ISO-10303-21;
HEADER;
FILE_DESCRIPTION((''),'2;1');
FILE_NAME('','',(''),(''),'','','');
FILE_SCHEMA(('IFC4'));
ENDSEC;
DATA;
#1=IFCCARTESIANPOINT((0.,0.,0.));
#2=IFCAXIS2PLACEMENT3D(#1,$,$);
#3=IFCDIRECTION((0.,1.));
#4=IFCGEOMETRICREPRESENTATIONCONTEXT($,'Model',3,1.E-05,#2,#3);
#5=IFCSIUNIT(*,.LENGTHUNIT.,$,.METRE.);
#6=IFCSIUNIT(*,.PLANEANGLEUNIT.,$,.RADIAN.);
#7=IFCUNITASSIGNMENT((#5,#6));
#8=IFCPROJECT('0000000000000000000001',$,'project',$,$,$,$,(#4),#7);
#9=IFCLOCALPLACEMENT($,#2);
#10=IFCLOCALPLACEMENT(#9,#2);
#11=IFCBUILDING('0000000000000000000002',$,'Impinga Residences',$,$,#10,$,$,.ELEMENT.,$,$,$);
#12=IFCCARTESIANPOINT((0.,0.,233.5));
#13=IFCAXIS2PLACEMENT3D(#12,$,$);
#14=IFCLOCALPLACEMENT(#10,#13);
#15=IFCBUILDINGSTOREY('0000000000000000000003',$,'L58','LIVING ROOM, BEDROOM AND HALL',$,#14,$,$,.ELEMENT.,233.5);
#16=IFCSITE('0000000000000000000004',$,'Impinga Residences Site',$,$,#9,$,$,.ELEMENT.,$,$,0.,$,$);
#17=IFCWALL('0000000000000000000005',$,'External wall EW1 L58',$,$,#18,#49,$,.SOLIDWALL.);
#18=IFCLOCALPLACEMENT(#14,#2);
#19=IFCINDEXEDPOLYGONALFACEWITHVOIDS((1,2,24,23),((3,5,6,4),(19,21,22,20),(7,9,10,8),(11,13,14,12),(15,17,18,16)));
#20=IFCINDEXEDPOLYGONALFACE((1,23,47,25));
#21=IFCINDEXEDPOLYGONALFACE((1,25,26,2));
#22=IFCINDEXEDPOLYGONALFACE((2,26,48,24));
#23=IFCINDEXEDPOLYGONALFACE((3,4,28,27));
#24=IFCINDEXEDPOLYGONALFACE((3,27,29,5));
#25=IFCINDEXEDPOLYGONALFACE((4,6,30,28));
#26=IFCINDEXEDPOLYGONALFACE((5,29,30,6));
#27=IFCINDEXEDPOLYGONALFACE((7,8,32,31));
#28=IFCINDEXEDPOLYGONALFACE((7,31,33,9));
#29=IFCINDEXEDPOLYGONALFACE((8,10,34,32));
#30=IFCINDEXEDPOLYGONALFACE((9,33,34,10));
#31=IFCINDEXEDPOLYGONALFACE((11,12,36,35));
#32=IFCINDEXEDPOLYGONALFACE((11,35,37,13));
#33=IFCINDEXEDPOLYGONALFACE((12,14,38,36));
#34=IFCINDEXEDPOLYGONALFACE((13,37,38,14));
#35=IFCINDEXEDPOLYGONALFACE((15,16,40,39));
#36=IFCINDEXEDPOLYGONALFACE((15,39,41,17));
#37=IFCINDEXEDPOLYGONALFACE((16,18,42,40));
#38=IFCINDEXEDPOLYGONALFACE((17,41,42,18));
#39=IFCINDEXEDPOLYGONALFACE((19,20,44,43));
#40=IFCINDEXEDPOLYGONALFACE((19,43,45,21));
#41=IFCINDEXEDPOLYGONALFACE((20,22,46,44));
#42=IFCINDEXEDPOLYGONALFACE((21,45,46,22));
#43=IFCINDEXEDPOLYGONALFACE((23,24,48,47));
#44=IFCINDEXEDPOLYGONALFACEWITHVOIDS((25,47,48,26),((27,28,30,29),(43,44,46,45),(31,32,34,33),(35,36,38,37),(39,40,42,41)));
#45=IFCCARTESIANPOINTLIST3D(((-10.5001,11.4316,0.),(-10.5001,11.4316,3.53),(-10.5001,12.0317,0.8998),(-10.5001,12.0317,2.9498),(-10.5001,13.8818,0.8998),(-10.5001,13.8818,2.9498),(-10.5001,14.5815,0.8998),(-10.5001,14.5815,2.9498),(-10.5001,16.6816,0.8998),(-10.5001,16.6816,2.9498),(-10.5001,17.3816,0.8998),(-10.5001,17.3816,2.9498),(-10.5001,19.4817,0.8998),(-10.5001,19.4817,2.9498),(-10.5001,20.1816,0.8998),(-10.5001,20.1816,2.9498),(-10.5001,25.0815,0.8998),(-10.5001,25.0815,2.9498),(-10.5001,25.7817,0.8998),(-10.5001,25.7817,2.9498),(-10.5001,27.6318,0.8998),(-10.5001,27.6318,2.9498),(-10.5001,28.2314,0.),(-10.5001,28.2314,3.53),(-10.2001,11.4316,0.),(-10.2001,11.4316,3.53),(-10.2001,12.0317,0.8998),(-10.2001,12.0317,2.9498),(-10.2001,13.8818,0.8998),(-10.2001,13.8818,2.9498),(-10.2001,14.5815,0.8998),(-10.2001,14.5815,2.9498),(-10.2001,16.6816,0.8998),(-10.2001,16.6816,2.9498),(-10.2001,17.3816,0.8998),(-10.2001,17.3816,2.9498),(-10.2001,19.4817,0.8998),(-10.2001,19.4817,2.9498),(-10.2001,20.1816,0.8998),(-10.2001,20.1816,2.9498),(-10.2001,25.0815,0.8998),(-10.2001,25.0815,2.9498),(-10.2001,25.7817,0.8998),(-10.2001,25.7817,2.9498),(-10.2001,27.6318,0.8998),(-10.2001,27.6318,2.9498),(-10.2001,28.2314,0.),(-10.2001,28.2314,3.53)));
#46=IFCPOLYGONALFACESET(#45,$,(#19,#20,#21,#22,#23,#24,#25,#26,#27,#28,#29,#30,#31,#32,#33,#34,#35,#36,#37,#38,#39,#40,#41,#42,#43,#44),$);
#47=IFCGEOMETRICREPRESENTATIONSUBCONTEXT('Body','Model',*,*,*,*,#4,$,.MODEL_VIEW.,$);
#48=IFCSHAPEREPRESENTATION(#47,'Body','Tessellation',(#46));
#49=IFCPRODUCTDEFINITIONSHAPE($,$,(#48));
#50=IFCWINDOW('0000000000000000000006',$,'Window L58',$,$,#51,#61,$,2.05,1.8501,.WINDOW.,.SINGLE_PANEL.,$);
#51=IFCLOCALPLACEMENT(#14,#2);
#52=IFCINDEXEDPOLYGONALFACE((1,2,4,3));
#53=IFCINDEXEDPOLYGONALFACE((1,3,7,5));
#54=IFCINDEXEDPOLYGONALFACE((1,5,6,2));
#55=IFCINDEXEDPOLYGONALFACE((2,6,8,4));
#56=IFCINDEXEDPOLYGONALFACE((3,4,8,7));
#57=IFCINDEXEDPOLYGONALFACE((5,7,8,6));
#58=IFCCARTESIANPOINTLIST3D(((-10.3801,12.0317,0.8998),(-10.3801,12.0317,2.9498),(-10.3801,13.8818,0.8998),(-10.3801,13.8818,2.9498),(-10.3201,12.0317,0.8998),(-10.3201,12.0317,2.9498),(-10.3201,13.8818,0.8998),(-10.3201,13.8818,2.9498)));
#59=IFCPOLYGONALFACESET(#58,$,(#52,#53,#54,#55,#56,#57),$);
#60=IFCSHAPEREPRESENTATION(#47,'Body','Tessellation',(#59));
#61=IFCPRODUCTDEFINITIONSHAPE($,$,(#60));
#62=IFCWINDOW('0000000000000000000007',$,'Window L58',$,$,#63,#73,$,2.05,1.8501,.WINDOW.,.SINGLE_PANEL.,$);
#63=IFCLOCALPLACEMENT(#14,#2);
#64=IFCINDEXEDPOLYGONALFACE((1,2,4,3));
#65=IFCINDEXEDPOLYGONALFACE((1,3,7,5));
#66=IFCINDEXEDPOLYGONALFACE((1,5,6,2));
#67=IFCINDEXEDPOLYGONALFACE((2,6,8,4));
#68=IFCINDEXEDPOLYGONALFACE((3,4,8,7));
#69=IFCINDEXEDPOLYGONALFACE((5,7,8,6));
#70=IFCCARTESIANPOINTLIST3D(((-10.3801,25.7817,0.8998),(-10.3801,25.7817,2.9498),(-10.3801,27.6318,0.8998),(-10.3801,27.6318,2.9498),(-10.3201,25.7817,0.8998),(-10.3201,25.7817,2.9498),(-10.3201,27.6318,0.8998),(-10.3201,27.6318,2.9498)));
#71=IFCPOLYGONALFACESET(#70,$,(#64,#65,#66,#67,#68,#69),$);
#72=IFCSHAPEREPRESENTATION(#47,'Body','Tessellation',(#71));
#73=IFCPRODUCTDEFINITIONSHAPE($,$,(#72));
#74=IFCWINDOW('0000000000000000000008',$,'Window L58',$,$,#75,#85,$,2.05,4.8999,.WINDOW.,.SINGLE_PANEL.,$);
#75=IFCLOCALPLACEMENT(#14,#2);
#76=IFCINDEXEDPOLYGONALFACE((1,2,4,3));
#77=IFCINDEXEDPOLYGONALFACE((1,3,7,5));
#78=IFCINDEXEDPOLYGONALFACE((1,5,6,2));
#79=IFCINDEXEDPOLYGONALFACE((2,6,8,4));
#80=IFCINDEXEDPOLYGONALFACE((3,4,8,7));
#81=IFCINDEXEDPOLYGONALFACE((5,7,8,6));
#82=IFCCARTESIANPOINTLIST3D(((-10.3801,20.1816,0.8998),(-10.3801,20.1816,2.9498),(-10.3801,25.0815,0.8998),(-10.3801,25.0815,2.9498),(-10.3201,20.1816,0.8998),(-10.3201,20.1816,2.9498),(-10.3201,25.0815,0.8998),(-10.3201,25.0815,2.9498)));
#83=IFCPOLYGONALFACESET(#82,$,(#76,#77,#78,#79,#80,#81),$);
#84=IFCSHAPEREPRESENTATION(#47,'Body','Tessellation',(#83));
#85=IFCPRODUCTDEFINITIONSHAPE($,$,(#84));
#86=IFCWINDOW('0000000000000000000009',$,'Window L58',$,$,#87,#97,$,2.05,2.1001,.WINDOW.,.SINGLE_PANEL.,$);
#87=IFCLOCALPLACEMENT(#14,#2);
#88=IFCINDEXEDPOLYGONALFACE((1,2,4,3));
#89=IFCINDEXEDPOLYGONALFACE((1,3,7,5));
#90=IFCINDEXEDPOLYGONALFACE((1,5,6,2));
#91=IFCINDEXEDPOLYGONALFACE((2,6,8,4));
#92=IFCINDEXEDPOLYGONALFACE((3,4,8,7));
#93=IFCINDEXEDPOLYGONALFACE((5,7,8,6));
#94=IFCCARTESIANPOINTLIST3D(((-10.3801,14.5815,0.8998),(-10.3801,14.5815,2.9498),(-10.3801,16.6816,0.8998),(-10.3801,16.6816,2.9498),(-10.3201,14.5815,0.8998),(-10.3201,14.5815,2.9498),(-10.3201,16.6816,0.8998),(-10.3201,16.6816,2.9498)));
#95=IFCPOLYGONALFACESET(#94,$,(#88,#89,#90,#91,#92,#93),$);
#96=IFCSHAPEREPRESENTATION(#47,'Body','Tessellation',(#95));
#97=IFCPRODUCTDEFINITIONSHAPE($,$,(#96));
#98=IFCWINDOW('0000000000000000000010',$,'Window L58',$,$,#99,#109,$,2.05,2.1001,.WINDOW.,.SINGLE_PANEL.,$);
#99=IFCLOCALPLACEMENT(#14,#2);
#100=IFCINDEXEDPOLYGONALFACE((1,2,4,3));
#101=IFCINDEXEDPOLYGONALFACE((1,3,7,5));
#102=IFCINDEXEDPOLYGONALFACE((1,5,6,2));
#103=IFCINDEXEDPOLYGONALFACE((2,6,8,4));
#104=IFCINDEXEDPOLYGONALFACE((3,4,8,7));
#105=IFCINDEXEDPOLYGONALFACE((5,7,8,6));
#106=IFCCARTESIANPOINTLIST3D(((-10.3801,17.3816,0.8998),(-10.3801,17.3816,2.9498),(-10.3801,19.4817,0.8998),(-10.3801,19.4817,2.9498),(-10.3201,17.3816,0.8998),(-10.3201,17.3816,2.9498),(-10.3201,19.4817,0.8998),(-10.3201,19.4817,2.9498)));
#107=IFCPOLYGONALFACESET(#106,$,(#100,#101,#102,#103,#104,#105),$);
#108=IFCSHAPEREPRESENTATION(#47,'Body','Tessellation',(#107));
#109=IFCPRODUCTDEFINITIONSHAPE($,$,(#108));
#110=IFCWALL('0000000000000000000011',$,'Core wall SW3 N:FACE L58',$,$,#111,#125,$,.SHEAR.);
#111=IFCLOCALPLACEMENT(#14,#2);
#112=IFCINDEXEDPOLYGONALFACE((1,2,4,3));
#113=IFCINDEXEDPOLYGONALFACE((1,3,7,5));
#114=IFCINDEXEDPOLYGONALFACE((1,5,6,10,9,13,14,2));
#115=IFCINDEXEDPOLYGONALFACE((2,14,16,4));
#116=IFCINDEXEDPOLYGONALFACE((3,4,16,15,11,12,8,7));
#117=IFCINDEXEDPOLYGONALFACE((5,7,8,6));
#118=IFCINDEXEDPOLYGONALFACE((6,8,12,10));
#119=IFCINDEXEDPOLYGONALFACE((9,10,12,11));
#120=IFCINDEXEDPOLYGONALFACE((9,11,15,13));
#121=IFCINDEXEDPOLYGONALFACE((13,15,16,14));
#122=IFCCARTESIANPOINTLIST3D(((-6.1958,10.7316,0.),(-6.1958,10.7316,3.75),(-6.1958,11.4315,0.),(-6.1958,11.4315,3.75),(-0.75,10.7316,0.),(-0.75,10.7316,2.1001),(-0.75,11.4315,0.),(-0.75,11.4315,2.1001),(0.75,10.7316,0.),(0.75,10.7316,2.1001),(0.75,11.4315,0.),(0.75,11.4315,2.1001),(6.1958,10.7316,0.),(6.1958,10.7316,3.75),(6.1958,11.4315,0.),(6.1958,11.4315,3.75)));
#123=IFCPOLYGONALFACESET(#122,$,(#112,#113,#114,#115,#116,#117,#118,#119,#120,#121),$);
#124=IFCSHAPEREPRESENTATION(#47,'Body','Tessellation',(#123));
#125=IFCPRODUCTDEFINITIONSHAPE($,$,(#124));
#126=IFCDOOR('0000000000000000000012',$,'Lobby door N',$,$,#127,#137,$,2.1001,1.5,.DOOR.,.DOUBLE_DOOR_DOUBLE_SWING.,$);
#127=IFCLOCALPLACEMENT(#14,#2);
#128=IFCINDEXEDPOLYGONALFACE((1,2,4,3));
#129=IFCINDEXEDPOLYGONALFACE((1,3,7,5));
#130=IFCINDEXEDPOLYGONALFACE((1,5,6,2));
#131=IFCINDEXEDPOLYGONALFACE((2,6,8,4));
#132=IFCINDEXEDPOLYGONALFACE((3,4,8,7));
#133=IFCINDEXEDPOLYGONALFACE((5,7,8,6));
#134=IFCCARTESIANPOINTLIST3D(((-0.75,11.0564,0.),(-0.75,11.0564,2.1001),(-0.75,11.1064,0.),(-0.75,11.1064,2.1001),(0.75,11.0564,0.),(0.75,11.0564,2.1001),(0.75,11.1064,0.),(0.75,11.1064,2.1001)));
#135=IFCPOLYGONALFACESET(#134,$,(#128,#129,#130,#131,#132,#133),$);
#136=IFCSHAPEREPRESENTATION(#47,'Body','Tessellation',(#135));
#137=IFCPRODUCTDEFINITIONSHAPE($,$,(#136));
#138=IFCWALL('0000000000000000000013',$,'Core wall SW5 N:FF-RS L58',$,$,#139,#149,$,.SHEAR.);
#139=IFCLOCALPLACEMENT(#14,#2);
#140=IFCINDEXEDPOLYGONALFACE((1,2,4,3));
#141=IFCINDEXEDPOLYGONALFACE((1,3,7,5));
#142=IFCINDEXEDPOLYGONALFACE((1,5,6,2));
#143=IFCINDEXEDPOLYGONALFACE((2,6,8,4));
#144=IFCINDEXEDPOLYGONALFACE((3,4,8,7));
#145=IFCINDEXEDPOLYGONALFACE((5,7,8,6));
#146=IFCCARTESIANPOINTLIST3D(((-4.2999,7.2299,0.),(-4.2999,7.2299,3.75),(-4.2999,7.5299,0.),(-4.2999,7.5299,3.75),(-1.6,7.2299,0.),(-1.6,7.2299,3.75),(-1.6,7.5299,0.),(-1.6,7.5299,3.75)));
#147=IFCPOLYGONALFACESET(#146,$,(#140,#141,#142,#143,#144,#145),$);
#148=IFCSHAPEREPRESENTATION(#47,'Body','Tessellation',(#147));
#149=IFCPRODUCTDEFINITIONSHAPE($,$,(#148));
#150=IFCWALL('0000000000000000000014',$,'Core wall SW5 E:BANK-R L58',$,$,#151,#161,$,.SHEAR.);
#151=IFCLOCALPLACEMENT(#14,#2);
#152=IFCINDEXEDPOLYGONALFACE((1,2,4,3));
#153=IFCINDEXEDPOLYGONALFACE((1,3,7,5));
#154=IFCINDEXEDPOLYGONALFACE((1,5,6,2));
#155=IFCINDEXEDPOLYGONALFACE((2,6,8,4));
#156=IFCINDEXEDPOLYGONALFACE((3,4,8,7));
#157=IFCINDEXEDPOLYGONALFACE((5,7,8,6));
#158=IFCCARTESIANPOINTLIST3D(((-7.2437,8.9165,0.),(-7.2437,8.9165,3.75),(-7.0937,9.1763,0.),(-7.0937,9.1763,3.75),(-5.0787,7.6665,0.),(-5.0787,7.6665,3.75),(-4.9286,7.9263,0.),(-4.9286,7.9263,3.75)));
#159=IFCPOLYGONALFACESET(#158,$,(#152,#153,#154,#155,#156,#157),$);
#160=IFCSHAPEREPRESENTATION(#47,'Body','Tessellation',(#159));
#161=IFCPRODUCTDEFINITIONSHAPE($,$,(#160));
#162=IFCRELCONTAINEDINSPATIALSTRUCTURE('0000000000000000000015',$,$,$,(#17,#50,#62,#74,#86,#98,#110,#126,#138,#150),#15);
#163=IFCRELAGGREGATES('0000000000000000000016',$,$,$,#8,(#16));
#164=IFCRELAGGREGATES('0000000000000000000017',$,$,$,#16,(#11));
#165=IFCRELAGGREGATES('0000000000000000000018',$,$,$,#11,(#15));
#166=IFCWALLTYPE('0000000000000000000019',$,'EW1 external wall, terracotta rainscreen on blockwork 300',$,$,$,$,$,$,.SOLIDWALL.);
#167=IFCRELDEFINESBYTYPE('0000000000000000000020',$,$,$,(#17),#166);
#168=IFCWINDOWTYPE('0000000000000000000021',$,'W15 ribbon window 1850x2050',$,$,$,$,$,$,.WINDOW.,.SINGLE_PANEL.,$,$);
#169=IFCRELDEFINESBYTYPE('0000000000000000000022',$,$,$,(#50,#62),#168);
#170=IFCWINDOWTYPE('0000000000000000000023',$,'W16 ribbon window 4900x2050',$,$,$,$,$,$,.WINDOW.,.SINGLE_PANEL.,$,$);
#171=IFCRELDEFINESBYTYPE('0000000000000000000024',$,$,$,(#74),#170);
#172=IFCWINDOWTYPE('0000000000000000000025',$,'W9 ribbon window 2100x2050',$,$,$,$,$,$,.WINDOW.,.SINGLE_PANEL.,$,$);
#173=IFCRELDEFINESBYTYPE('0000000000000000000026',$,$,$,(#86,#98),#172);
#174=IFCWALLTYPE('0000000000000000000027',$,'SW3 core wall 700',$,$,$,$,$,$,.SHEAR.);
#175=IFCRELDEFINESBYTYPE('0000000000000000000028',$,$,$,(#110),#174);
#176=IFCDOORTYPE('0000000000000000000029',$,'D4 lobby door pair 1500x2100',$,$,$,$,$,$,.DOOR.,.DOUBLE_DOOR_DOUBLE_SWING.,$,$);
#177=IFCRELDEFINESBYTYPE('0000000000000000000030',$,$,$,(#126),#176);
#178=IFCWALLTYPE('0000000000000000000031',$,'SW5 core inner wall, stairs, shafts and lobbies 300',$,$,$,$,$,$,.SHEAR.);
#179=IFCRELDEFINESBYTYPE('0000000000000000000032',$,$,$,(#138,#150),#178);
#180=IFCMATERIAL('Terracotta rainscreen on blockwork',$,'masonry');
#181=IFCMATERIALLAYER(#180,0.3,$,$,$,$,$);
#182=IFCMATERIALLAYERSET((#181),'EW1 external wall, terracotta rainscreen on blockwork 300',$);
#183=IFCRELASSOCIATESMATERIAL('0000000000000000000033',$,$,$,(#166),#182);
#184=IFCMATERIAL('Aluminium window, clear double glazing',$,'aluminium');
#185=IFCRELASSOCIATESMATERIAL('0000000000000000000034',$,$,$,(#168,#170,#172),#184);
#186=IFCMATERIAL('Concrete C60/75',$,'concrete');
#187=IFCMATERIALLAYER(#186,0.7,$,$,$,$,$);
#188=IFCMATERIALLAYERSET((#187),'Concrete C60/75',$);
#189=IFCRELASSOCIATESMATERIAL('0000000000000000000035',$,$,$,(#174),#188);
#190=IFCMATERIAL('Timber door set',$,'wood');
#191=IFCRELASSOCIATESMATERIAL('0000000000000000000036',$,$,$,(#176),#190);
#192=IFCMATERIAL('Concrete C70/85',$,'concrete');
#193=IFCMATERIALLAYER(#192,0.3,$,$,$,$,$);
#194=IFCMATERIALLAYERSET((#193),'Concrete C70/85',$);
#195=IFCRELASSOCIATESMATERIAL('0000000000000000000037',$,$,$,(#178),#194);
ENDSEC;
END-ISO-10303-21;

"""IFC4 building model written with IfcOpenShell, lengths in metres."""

from ifc_helpers import new_model, si_unit, direction, frame, frame_2d, origin, place, context, subcontext, project, spatial, rectangle, extrude, material, layer, layer_set, type_object, element, fill, save


model = new_model("IFC4")

# Units and contexts
model_context = context("Model", 3, precision=1e-05, world=origin(), true_north=direction((0.0, 1.0)))
body_context = subcontext(model_context, "Body", "Model", "MODEL_VIEW")
ifc_project = project(units=[si_unit("LENGTHUNIT", "METRE"), si_unit("PLANEANGLEUNIT", "RADIAN")], contexts=[model_context])

# Site, building, storey
site_placement = place(None, origin())
site = spatial("IfcSite", under=ifc_project, at=site_placement, Name="Impinga Residences Site", CompositionType="ELEMENT", RefElevation=0.0)
building_placement = place(site_placement, origin())
building = spatial("IfcBuilding", under=site, at=building_placement, Name="Impinga Residences", CompositionType="ELEMENT")
storey_placement = place(building_placement, frame((0.0, 0.0, 233.5)))
storey = spatial("IfcBuildingStorey", under=building, at=storey_placement, Name="L58", Description="LIVING ROOM, BEDROOM AND HALL", CompositionType="ELEMENT", Elevation=233.5)

# Shared definitions
ifc_material_1 = material(Name="Concrete C60/75", Category="concrete")

# Shared definitions
ifc_material_2 = material(Name="Timber door set", Category="wood")

# Wall, openings, windows
ifc_material_3 = material(Name="Terracotta rainscreen on blockwork", Category="masonry")
ifc_layer_1 = layer(ifc_material_3, 0.3)
ifc_layer_set_1 = layer_set([ifc_layer_1], Name="EW1 external wall, terracotta rainscreen on blockwork 300")
wall_type_1 = type_object("IfcWallType", Name="EW1 external wall, terracotta rainscreen on blockwork 300", PredefinedType="SOLIDWALL", material=ifc_layer_set_1)
wall_1_placement = place(storey_placement, frame((-10.3501, 11.4316, 0.0), z_axis=(0.0, 0.0, 1.0), x_axis=(0.0, 1.0, 0.0)))
wall_1 = element("IfcWall", 1, at=wall_1_placement, inside=storey, type_object=wall_type_1, Name="External wall EW1 L58", PredefinedType="SOLIDWALL", context=body_context, shape_type="SweptSolid", body=[
    extrude(rectangle(XDim=16.7998, YDim=0.3, at=frame_2d((8.3999, 0.0))), origin(), (0.0, 0.0, 1.0), 3.53),
])
opening_1_placement = place(wall_1_placement, frame((0.6001, 0.0, 0.8999)))
opening_1 = element("IfcOpeningElement", 2, at=opening_1_placement, cuts=wall_1, PredefinedType="OPENING", context=body_context, shape_type="SweptSolid", body=[
    extrude(rectangle(XDim=1.8501, YDim=2.05, at=frame_2d((0.925, 1.0249))), frame((0.0, 0.1599, 0.0), z_axis=(0.0, -1.0, 0.0), x_axis=(1.0, 0.0, 0.0)), (0.0, 0.0, 1.0), 0.3201),
])
opening_2_placement = place(wall_1_placement, frame((3.1499, 0.0, 0.8999)))
opening_2 = element("IfcOpeningElement", 3, at=opening_2_placement, cuts=wall_1, PredefinedType="OPENING", context=body_context, shape_type="SweptSolid", body=[
    extrude(rectangle(XDim=2.1001, YDim=2.05, at=frame_2d((1.05, 1.0249))), frame((0.0, 0.1599, 0.0), z_axis=(0.0, -1.0, 0.0), x_axis=(1.0, 0.0, 0.0)), (0.0, 0.0, 1.0), 0.3201),
])
opening_3_placement = place(wall_1_placement, frame((5.95, 0.0, 0.8999)))
opening_3 = element("IfcOpeningElement", 4, at=opening_3_placement, cuts=wall_1, PredefinedType="OPENING", context=body_context, shape_type="SweptSolid", body=[
    extrude(rectangle(XDim=2.1001, YDim=2.05, at=frame_2d((1.05, 1.0249))), frame((0.0, 0.1599, 0.0), z_axis=(0.0, -1.0, 0.0), x_axis=(1.0, 0.0, 0.0)), (0.0, 0.0, 1.0), 0.3201),
])
opening_4_placement = place(wall_1_placement, frame((8.75, 0.0, 0.8999)))
opening_4 = element("IfcOpeningElement", 5, at=opening_4_placement, cuts=wall_1, PredefinedType="OPENING", context=body_context, shape_type="SweptSolid", body=[
    extrude(rectangle(XDim=4.8999, YDim=2.05, at=frame_2d((2.45, 1.0249))), frame((0.0, 0.1599, 0.0), z_axis=(0.0, -1.0, 0.0), x_axis=(1.0, 0.0, 0.0)), (0.0, 0.0, 1.0), 0.3201),
])
opening_5_placement = place(wall_1_placement, frame((14.3501, 0.0, 0.8999)))
opening_5 = element("IfcOpeningElement", 6, at=opening_5_placement, cuts=wall_1, PredefinedType="OPENING", context=body_context, shape_type="SweptSolid", body=[
    extrude(rectangle(XDim=1.8501, YDim=2.05, at=frame_2d((0.925, 1.0249))), frame((0.0, 0.1599, 0.0), z_axis=(0.0, -1.0, 0.0), x_axis=(1.0, 0.0, 0.0)), (0.0, 0.0, 1.0), 0.3201),
])
ifc_material_4 = material(Name="Aluminium window, clear double glazing", Category="aluminium")
window_type_1 = type_object("IfcWindowType", Name="W15 ribbon window 1850x2050", PartitioningType="SINGLE_PANEL", PredefinedType="WINDOW", material=ifc_material_4)
window_1_placement = place(opening_1_placement, origin())
window_1 = element("IfcWindow", 7, at=window_1_placement, inside=storey, type_object=window_type_1, Name="Window L58", OverallHeight=2.05, OverallWidth=1.8501, PartitioningType="SINGLE_PANEL", PredefinedType="WINDOW", context=body_context, shape_type="SweptSolid", body=[
    extrude(rectangle(XDim=1.8501, YDim=2.05, at=frame_2d((0.925, 1.0249))), frame((0.0, 0.03, 0.0), z_axis=(0.0, -1.0, 0.0), x_axis=(1.0, 0.0, 0.0)), (0.0, 0.0, 1.0), 0.0601),
])
fill(opening_1, window_1)
window_2_placement = place(opening_5_placement, origin())
window_2 = element("IfcWindow", 8, at=window_2_placement, inside=storey, type_object=window_type_1, Name="Window L58", OverallHeight=2.05, OverallWidth=1.8501, PartitioningType="SINGLE_PANEL", PredefinedType="WINDOW", context=body_context, shape_type="SweptSolid", body=[
    extrude(rectangle(XDim=1.8501, YDim=2.05, at=frame_2d((0.925, 1.0249))), frame((0.0, 0.03, 0.0), z_axis=(0.0, -1.0, 0.0), x_axis=(1.0, 0.0, 0.0)), (0.0, 0.0, 1.0), 0.0601),
])
fill(opening_5, window_2)
window_type_2 = type_object("IfcWindowType", Name="W16 ribbon window 4900x2050", PartitioningType="SINGLE_PANEL", PredefinedType="WINDOW", material=ifc_material_4)
window_3_placement = place(opening_4_placement, origin())
window_3 = element("IfcWindow", 9, at=window_3_placement, inside=storey, type_object=window_type_2, Name="Window L58", OverallHeight=2.05, OverallWidth=4.8999, PartitioningType="SINGLE_PANEL", PredefinedType="WINDOW", context=body_context, shape_type="SweptSolid", body=[
    extrude(rectangle(XDim=4.8999, YDim=2.05, at=frame_2d((2.45, 1.0249))), frame((0.0, 0.03, 0.0), z_axis=(0.0, -1.0, 0.0), x_axis=(1.0, 0.0, 0.0)), (0.0, 0.0, 1.0), 0.0601),
])
fill(opening_4, window_3)
window_type_3 = type_object("IfcWindowType", Name="W9 ribbon window 2100x2050", PartitioningType="SINGLE_PANEL", PredefinedType="WINDOW", material=ifc_material_4)
window_4_placement = place(opening_2_placement, origin())
window_4 = element("IfcWindow", 10, at=window_4_placement, inside=storey, type_object=window_type_3, Name="Window L58", OverallHeight=2.05, OverallWidth=2.1001, PartitioningType="SINGLE_PANEL", PredefinedType="WINDOW", context=body_context, shape_type="SweptSolid", body=[
    extrude(rectangle(XDim=2.1001, YDim=2.05, at=frame_2d((1.05, 1.0249))), frame((0.0, 0.03, 0.0), z_axis=(0.0, -1.0, 0.0), x_axis=(1.0, 0.0, 0.0)), (0.0, 0.0, 1.0), 0.0601),
])
fill(opening_2, window_4)
window_5_placement = place(opening_3_placement, origin())
window_5 = element("IfcWindow", 11, at=window_5_placement, inside=storey, type_object=window_type_3, Name="Window L58", OverallHeight=2.05, OverallWidth=2.1001, PartitioningType="SINGLE_PANEL", PredefinedType="WINDOW", context=body_context, shape_type="SweptSolid", body=[
    extrude(rectangle(XDim=2.1001, YDim=2.05, at=frame_2d((1.05, 1.0249))), frame((0.0, 0.03, 0.0), z_axis=(0.0, -1.0, 0.0), x_axis=(1.0, 0.0, 0.0)), (0.0, 0.0, 1.0), 0.0601),
])
fill(opening_3, window_5)

# Wall, opening, door
ifc_layer_2 = layer(ifc_material_1, 0.7)
ifc_layer_set_2 = layer_set([ifc_layer_2], Name="Concrete C60/75")
wall_type_2 = type_object("IfcWallType", Name="SW3 core wall 700", PredefinedType="SHEAR", material=ifc_layer_set_2)
wall_2_placement = place(storey_placement, frame((-6.1958, 11.0815, 0.0), z_axis=(0.0, 0.0, 1.0), x_axis=(1.0, 0.0, 0.0)))
wall_2 = element("IfcWall", 12, at=wall_2_placement, inside=storey, type_object=wall_type_2, Name="Core wall SW3 N:FACE L58", PredefinedType="SHEAR", context=body_context, shape_type="SweptSolid", body=[
    extrude(rectangle(XDim=12.3916, YDim=0.7, at=frame_2d((6.1958, 0.0))), origin(), (0.0, 0.0, 1.0), 3.75),
])
opening_6_placement = place(wall_2_placement, frame((5.4458, 0.0, 0.0)))
opening_6 = element("IfcOpeningElement", 13, at=opening_6_placement, cuts=wall_2, PredefinedType="OPENING", context=body_context, shape_type="SweptSolid", body=[
    extrude(rectangle(XDim=1.5, YDim=2.1001, at=frame_2d((0.75, 1.05))), frame((0.0, 0.3599, 0.0), z_axis=(0.0, -1.0, 0.0), x_axis=(1.0, 0.0, 0.0)), (0.0, 0.0, 1.0), 0.72),
])
door_type_1 = type_object("IfcDoorType", Name="D4 lobby door pair 1500x2100", OperationType="DOUBLE_DOOR_DOUBLE_SWING", PredefinedType="DOOR", material=ifc_material_2)
door_1_placement = place(opening_6_placement, origin())
door_1 = element("IfcDoor", 14, at=door_1_placement, inside=storey, type_object=door_type_1, Name="Lobby door N", OperationType="DOUBLE_DOOR_DOUBLE_SWING", OverallHeight=2.1001, OverallWidth=1.5, PredefinedType="DOOR", context=body_context, shape_type="SweptSolid", body=[
    extrude(rectangle(XDim=1.5, YDim=2.1001, at=frame_2d((0.75, 1.05))), frame((0.0, 0.0249, 0.0), z_axis=(0.0, -1.0, 0.0), x_axis=(1.0, 0.0, 0.0)), (0.0, 0.0, 1.0), 0.05),
])
fill(opening_6, door_1)

# Walls
ifc_material_5 = material(Name="Concrete C70/85", Category="concrete")
ifc_layer_3 = layer(ifc_material_5, 0.3)
ifc_layer_set_3 = layer_set([ifc_layer_3], Name="Concrete C70/85")
wall_type_3 = type_object("IfcWallType", Name="SW5 core inner wall, stairs, shafts and lobbies 300", PredefinedType="SHEAR", material=ifc_layer_set_3)
wall_3_placement = place(storey_placement, frame((-4.3, 7.3799, 0.0), z_axis=(0.0, 0.0, 1.0), x_axis=(1.0, 0.0, 0.0)))
element("IfcWall", 15, at=wall_3_placement, inside=storey, type_object=wall_type_3, Name="Core wall SW5 N:FF-RS L58", PredefinedType="SHEAR", context=body_context, shape_type="SweptSolid", body=[
    extrude(rectangle(XDim=2.7, YDim=0.3, at=frame_2d((1.3501, 0.0))), origin(), (0.0, 0.0, 1.0), 3.75),
])
wall_4_placement = place(storey_placement, frame((-5.0037, 7.7964, 0.0), z_axis=(0.0, 0.0, 1.0), x_axis=(-0.866023, 0.500004, 0.0)))
element("IfcWall", 16, at=wall_4_placement, inside=storey, type_object=wall_type_3, Name="Core wall SW5 E:BANK-R L58", PredefinedType="SHEAR", context=body_context, shape_type="SweptSolid", body=[
    extrude(rectangle(XDim=2.5, YDim=0.3, at=frame_2d((1.25, 0.0))), origin(), (0.0, 0.0, 1.0), 3.75),
])

save(model, "model.ifc")
